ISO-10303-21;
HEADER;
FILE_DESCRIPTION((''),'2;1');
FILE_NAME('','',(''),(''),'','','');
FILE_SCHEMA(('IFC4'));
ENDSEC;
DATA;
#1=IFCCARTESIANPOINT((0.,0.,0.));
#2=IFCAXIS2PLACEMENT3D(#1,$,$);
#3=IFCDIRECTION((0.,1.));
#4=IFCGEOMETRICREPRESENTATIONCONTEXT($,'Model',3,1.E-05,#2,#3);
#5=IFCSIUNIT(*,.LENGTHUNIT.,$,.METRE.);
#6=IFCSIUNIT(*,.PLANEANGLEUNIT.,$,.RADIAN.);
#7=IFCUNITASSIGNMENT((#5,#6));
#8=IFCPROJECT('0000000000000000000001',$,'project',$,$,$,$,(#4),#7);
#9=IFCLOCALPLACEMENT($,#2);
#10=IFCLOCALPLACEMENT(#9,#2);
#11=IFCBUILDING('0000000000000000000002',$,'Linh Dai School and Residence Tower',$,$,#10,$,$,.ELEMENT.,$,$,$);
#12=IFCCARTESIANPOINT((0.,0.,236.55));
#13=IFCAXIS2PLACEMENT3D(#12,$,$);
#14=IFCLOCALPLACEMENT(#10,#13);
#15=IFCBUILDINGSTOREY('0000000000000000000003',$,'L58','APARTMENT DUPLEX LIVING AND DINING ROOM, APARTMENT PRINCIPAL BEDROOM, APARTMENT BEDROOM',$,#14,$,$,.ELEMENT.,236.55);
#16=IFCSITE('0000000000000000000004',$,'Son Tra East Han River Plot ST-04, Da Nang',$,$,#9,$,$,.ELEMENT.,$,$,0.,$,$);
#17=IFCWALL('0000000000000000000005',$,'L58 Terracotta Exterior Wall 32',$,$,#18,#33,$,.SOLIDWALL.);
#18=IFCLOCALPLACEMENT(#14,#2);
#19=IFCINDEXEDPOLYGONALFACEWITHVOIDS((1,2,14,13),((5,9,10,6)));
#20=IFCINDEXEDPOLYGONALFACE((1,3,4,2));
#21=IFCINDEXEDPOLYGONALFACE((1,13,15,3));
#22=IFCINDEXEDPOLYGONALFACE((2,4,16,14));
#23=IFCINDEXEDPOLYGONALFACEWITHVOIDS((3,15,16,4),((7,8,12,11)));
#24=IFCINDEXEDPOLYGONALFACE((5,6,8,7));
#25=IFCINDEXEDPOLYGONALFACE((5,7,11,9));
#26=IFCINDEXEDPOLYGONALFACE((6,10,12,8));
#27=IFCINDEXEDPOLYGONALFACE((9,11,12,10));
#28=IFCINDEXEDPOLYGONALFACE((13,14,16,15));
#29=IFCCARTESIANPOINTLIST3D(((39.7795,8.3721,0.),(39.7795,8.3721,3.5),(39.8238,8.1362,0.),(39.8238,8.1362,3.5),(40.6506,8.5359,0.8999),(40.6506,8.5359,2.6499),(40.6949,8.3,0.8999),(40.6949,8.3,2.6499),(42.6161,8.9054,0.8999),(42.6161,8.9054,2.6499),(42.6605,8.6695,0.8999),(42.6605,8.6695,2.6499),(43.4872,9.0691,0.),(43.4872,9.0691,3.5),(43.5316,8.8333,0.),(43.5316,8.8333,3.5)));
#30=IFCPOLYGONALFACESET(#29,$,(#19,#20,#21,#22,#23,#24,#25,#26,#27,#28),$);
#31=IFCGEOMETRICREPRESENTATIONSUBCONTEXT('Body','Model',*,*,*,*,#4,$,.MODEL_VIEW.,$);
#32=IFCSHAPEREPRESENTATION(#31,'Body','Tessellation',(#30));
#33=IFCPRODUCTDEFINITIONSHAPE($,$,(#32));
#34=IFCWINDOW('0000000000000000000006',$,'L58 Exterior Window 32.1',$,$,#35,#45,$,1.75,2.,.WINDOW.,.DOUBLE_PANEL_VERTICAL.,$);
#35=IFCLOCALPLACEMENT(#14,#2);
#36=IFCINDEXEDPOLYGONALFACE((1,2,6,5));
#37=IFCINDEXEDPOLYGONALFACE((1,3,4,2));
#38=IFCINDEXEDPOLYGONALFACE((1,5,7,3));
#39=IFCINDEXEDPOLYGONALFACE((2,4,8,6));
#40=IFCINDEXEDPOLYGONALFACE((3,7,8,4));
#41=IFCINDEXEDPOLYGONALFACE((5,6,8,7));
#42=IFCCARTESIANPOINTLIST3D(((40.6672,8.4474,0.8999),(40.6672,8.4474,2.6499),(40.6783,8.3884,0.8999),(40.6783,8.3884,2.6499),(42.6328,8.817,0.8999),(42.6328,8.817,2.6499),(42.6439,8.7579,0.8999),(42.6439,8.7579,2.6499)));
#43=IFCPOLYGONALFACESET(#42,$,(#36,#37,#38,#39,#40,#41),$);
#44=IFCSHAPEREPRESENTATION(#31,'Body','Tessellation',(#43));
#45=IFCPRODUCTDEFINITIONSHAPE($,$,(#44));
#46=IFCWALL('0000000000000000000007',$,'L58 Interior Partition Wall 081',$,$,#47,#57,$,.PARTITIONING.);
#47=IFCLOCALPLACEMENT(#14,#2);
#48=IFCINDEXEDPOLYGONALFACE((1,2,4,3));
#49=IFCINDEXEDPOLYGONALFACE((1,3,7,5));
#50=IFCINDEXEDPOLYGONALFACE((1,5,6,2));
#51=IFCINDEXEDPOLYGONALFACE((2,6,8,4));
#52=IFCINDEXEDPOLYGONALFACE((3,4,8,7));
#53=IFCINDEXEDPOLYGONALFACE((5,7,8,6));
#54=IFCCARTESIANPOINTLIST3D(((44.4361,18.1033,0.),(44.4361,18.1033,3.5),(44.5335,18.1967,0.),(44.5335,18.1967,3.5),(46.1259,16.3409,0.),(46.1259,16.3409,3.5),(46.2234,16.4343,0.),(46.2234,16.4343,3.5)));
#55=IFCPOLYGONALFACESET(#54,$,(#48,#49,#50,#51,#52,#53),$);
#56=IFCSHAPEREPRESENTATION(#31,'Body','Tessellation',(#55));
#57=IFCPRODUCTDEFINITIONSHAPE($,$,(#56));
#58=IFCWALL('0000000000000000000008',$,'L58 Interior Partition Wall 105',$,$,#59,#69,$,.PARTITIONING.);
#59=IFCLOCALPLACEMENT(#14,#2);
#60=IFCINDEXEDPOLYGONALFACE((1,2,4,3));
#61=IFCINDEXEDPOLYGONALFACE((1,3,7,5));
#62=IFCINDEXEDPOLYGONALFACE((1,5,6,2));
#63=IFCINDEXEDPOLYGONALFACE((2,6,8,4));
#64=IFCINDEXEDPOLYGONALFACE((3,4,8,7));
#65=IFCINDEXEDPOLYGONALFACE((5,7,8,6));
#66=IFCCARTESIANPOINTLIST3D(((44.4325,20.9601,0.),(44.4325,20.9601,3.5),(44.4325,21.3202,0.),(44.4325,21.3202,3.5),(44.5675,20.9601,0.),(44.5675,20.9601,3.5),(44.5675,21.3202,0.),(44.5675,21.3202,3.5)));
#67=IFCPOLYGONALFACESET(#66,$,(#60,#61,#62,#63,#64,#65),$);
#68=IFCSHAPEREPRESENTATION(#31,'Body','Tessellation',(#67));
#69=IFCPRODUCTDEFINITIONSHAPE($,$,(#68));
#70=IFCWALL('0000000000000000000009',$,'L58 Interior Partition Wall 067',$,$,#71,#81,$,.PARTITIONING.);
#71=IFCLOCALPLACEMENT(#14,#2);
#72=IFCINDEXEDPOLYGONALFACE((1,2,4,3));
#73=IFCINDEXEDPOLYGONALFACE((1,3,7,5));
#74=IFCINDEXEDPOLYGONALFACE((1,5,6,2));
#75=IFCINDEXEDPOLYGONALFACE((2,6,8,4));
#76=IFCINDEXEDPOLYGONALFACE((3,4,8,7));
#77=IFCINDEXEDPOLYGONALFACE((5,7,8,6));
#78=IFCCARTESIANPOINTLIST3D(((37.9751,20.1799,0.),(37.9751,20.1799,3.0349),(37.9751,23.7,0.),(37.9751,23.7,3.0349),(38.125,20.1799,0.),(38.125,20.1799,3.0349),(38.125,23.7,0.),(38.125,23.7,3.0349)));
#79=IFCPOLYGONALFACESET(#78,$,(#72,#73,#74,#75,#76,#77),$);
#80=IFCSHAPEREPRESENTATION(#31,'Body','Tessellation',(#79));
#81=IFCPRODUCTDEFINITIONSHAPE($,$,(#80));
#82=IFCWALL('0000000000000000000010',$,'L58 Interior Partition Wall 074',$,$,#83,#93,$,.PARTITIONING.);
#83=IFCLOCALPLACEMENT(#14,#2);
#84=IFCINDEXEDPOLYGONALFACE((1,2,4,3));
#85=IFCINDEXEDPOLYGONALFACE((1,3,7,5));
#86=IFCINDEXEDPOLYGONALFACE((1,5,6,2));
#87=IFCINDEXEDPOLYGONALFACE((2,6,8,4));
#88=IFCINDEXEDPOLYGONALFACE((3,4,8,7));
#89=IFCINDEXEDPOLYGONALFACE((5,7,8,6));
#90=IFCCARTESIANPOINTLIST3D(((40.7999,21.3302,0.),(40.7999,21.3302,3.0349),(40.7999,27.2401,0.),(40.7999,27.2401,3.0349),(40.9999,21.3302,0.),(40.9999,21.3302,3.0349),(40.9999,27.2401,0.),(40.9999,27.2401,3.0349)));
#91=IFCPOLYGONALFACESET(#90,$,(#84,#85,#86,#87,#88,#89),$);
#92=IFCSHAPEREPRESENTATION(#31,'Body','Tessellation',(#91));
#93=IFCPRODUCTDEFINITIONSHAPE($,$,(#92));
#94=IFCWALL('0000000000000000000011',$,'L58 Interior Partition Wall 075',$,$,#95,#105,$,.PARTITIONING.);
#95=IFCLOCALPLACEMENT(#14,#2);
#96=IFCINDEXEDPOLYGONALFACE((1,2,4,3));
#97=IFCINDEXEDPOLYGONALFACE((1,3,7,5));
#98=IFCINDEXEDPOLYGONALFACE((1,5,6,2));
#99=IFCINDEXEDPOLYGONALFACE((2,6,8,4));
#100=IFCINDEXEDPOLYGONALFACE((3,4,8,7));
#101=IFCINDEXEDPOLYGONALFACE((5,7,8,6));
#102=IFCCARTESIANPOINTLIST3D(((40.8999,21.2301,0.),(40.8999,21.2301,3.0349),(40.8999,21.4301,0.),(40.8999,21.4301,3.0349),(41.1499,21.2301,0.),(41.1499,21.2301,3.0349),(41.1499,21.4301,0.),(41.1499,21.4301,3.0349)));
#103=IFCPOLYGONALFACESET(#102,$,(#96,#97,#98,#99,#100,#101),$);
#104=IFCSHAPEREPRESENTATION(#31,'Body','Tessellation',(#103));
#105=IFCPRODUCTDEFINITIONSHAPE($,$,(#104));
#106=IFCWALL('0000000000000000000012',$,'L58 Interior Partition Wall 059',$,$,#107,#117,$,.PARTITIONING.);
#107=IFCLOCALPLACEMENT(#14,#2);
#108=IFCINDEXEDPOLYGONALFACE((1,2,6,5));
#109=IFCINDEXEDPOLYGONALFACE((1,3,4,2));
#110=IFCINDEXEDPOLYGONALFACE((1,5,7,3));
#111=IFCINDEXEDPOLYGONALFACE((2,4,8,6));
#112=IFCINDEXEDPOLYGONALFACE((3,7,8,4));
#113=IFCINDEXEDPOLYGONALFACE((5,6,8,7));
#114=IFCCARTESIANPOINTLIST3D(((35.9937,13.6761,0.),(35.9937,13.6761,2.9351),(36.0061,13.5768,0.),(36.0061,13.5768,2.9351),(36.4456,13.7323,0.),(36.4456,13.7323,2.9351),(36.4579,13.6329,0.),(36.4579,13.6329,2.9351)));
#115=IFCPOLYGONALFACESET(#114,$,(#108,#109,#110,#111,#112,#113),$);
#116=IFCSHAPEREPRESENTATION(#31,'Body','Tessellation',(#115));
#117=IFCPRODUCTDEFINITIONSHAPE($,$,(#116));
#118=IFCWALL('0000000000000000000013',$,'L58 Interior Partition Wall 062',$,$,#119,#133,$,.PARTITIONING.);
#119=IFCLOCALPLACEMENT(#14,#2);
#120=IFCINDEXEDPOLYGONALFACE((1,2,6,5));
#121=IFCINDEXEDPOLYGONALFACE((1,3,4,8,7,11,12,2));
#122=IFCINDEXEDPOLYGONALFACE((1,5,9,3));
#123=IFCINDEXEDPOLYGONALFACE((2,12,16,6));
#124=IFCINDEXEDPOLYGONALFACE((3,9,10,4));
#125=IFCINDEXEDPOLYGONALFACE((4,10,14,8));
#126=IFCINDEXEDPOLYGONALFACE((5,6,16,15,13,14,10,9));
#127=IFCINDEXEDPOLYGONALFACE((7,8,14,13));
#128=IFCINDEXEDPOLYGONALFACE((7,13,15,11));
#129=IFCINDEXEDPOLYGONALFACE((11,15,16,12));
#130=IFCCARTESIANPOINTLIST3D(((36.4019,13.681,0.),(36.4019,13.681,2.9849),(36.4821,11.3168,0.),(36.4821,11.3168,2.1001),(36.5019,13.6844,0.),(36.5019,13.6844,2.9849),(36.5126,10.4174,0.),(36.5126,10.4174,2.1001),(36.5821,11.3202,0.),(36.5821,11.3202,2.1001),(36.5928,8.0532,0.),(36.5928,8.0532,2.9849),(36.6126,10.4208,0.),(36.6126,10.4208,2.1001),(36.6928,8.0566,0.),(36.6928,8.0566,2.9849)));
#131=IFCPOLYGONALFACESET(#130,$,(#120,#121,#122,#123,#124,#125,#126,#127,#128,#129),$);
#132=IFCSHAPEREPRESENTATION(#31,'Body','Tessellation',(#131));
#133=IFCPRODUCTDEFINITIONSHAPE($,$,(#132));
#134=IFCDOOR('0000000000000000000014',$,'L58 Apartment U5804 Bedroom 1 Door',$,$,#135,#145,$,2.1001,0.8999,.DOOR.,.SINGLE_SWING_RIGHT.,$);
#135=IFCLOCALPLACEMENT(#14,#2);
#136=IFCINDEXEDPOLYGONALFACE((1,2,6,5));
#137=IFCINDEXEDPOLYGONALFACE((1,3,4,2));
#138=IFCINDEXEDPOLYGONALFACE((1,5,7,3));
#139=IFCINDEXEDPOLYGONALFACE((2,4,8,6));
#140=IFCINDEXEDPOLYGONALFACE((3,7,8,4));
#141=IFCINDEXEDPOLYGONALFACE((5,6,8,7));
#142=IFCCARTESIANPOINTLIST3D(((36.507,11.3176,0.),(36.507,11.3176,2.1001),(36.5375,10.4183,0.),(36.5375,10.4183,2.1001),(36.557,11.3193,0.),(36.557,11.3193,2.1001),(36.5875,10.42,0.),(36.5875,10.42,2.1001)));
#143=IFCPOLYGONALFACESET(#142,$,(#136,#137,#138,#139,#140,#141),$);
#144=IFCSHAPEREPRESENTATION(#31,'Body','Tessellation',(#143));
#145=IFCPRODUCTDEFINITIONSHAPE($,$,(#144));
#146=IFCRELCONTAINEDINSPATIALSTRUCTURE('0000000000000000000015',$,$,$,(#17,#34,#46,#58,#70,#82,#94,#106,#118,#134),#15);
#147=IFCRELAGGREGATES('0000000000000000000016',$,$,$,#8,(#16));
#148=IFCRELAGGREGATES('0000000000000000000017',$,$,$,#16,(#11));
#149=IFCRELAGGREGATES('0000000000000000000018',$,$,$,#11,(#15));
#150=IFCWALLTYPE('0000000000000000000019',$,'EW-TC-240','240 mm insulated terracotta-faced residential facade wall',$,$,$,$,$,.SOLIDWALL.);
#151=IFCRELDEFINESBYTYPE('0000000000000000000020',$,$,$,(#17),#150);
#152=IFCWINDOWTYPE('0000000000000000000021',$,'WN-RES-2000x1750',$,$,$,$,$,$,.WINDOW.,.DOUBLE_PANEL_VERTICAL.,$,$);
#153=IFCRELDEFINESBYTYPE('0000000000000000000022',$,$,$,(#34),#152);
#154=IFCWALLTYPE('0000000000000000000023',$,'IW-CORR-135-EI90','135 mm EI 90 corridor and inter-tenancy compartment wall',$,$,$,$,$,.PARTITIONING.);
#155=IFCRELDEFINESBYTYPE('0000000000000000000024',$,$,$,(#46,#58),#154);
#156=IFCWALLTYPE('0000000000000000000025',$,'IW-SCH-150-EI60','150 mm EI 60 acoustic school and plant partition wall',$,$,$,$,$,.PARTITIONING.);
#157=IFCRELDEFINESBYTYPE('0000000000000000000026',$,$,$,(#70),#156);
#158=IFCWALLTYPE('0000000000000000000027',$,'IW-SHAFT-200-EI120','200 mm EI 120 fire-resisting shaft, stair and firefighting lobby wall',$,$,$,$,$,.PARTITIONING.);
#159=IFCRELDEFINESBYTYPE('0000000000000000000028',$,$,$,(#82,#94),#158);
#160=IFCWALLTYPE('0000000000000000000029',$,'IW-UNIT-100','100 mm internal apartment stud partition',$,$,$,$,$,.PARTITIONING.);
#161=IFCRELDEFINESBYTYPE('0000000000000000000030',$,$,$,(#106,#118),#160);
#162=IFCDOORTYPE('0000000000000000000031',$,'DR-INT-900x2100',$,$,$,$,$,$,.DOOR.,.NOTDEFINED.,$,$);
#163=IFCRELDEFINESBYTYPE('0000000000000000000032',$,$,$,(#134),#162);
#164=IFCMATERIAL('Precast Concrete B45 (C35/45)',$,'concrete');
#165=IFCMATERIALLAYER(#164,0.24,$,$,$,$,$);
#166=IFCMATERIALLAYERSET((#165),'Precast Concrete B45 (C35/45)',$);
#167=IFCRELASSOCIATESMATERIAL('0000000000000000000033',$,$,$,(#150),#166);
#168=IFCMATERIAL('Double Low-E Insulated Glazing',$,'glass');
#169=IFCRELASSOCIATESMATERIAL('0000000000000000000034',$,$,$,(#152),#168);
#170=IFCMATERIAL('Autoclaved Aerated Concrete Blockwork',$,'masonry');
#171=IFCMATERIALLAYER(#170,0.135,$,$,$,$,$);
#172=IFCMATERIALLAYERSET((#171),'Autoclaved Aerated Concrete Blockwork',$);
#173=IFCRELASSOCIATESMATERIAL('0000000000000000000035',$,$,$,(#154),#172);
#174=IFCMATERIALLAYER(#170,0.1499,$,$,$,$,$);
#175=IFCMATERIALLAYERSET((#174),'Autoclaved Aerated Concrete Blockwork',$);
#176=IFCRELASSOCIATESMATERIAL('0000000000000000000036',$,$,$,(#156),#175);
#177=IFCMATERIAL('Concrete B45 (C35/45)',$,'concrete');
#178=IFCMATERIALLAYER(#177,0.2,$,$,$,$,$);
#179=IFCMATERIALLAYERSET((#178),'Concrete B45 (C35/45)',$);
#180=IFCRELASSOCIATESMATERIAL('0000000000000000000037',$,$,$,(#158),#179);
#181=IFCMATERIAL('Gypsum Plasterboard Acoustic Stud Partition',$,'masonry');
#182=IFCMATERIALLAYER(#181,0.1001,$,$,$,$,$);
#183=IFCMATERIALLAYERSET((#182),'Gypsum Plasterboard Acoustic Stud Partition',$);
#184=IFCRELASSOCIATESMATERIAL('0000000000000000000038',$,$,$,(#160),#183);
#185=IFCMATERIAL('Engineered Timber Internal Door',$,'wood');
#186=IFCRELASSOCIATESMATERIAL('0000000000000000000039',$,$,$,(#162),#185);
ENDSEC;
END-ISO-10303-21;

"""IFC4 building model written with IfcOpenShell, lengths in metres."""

from ifc_helpers import new_model, si_unit, direction, frame, frame_2d, origin, origin_2d, place, context, subcontext, project, spatial, rectangle, extrude, source, transform, mapped, material, layer, layer_set, type_object, element, fill, save


model = new_model("IFC4")

# Units and contexts
model_context = context("Model", 3, precision=1e-05, world=origin(), true_north=direction((0.0, 1.0)))
body_context = subcontext(model_context, "Body", "Model", "MODEL_VIEW")
ifc_project = project(units=[si_unit("LENGTHUNIT", "METRE"), si_unit("PLANEANGLEUNIT", "RADIAN")], contexts=[model_context])

# Site, building, storey
site_placement = place(None, origin())
site = spatial("IfcSite", under=ifc_project, at=site_placement, Name="Son Tra East Han River Plot ST-04, Da Nang", CompositionType="ELEMENT", RefElevation=0.0)
building_placement = place(site_placement, origin())
building = spatial("IfcBuilding", under=site, at=building_placement, Name="Linh Dai School and Residence Tower", CompositionType="ELEMENT")
storey_placement = place(building_placement, frame((0.0, 0.0, 236.55)))
storey = spatial("IfcBuildingStorey", under=building, at=storey_placement, Name="L58", Description="APARTMENT DUPLEX LIVING AND DINING ROOM, APARTMENT PRINCIPAL BEDROOM, APARTMENT BEDROOM", CompositionType="ELEMENT", Elevation=236.55)

# Wall, opening, window
ifc_material_1 = material(Name="Precast Concrete B45 (C35/45)", Category="concrete")
ifc_layer_1 = layer(ifc_material_1, 0.24)
ifc_layer_set_1 = layer_set([ifc_layer_1], Name="Precast Concrete B45 (C35/45)")
wall_type_1 = type_object("IfcWallType", Name="EW-TC-240", Description="240 mm insulated terracotta-faced residential facade wall", PredefinedType="SOLIDWALL", material=ifc_layer_set_1)
ifc_material_2 = material(Name="Double Low-E Insulated Glazing", Category="glass")
window_type_1 = type_object("IfcWindowType", Name="WN-RES-2000x1750", PartitioningType="DOUBLE_PANEL_VERTICAL", PredefinedType="WINDOW", material=ifc_material_2)
shared_shape_1 = source(origin(), body_context, "Body", "SweptSolid", [
    extrude(rectangle(XDim=2.0, YDim=1.75, at=origin_2d()), frame((1.0, 0.03, 0.875), z_axis=(0.0, -1.0, 0.0), x_axis=(1.0, 0.0, 0.0)), (0.0, 0.0, 1.0), 0.0601),
])
wall_1_placement = place(storey_placement, frame((43.5093, 8.9512, 0.0), z_axis=(0.0, 0.0, 1.0), x_axis=(-0.982785, -0.184753, 0.0)))
wall_1 = element("IfcWall", 1, at=wall_1_placement, inside=storey, type_object=wall_type_1, Name="L58 Terracotta Exterior Wall 32", PredefinedType="SOLIDWALL", context=body_context, shape_type="SweptSolid", body=[
    extrude(rectangle(XDim=3.7727, YDim=0.24, at=frame_2d((1.8862, 0.0))), origin(), (0.0, 0.0, 1.0), 3.5),
])
opening_1_placement = place(wall_1_placement, frame((0.8862, 0.0, 0.8999)))
opening_1 = element("IfcOpeningElement", 2, at=opening_1_placement, cuts=wall_1, PredefinedType="OPENING", context=body_context, shape_type="SweptSolid", body=[
    extrude(rectangle(XDim=2.0, YDim=1.75, at=origin_2d()), frame((1.0, 0.1299, 0.875), z_axis=(0.0, -1.0, 0.0), x_axis=(1.0, 0.0, 0.0)), (0.0, 0.0, 1.0), 0.26),
])
window_1_placement = place(opening_1_placement, origin())
window_1 = element("IfcWindow", 3, at=window_1_placement, inside=storey, type_object=window_type_1, Name="L58 Exterior Window 32.1", OverallHeight=1.75, OverallWidth=2.0, PartitioningType="DOUBLE_PANEL_VERTICAL", PredefinedType="WINDOW", context=body_context, shape_type="MappedRepresentation", body=[
    mapped(shared_shape_1, transform((0.0, 0.0, 0.0), x_axis=(1.0, 0.0, 0.0), y_axis=(0.0, 1.0, 0.0), z_axis=(0.0, 0.0, 1.0), scale=1.0)),
])
fill(opening_1, window_1)

# Walls
ifc_material_3 = material(Name="Autoclaved Aerated Concrete Blockwork", Category="masonry")
ifc_layer_2 = layer(ifc_material_3, 0.135)
ifc_layer_set_2 = layer_set([ifc_layer_2], Name="Autoclaved Aerated Concrete Blockwork")
wall_type_2 = type_object("IfcWallType", Name="IW-CORR-135-EI90", Description="135 mm EI 90 corridor and inter-tenancy compartment wall", PredefinedType="PARTITIONING", material=ifc_layer_set_2)
wall_2_placement = place(storey_placement, frame((44.4849, 18.1499, 0.0), z_axis=(0.0, 0.0, 1.0), x_axis=(0.692103, -0.721799, 0.0)))
element("IfcWall", 4, at=wall_2_placement, inside=storey, type_object=wall_type_2, Name="L58 Interior Partition Wall 081", PredefinedType="PARTITIONING", context=body_context, shape_type="SweptSolid", body=[
    extrude(rectangle(XDim=2.4417, YDim=0.135, at=frame_2d((1.2207, 0.0))), origin(), (0.0, 0.0, 1.0), 3.5),
])
wall_3_placement = place(storey_placement, frame((44.5, 20.96, 0.0), z_axis=(0.0, 0.0, 1.0), x_axis=(0.0, 1.0, 0.0)))
element("IfcWall", 5, at=wall_3_placement, inside=storey, type_object=wall_type_2, Name="L58 Interior Partition Wall 105", PredefinedType="PARTITIONING", context=body_context, shape_type="SweptSolid", body=[
    extrude(rectangle(XDim=0.3601, YDim=0.135, at=frame_2d((0.1802, 0.0))), origin(), (0.0, 0.0, 1.0), 3.5),
])
ifc_layer_3 = layer(ifc_material_3, 0.1499)
ifc_layer_set_3 = layer_set([ifc_layer_3], Name="Autoclaved Aerated Concrete Blockwork")
wall_type_3 = type_object("IfcWallType", Name="IW-SCH-150-EI60", Description="150 mm EI 60 acoustic school and plant partition wall", PredefinedType="PARTITIONING", material=ifc_layer_set_3)
wall_4_placement = place(storey_placement, frame((38.05, 20.1799, 0.0), z_axis=(0.0, 0.0, 1.0), x_axis=(0.0, 1.0, 0.0)))
element("IfcWall", 6, at=wall_4_placement, inside=storey, type_object=wall_type_3, Name="L58 Interior Partition Wall 067", PredefinedType="PARTITIONING", context=body_context, shape_type="SweptSolid", body=[
    extrude(rectangle(XDim=3.52, YDim=0.1499, at=frame_2d((1.76, 0.0))), origin(), (0.0, 0.0, 1.0), 3.0349),
])
ifc_material_4 = material(Name="Concrete B45 (C35/45)", Category="concrete")
ifc_layer_4 = layer(ifc_material_4, 0.2)
ifc_layer_set_4 = layer_set([ifc_layer_4], Name="Concrete B45 (C35/45)")
wall_type_4 = type_object("IfcWallType", Name="IW-SHAFT-200-EI120", Description="200 mm EI 120 fire-resisting shaft, stair and firefighting lobby wall", PredefinedType="PARTITIONING", material=ifc_layer_set_4)
wall_5_placement = place(storey_placement, frame((40.8999, 21.3301, 0.0), z_axis=(0.0, 0.0, 1.0), x_axis=(0.0, 1.0, 0.0)))
element("IfcWall", 7, at=wall_5_placement, inside=storey, type_object=wall_type_4, Name="L58 Interior Partition Wall 074", PredefinedType="PARTITIONING", context=body_context, shape_type="SweptSolid", body=[
    extrude(rectangle(XDim=5.9099, YDim=0.2, at=frame_2d((2.9551, 0.0))), origin(), (0.0, 0.0, 1.0), 3.0349),
])
wall_6_placement = place(storey_placement, frame((40.8999, 21.3301, 0.0), z_axis=(0.0, 0.0, 1.0), x_axis=(1.0, 0.0, 0.0)))
element("IfcWall", 8, at=wall_6_placement, inside=storey, type_object=wall_type_4, Name="L58 Interior Partition Wall 075", PredefinedType="PARTITIONING", context=body_context, shape_type="SweptSolid", body=[
    extrude(rectangle(XDim=0.25, YDim=0.2, at=frame_2d((0.125, 0.0))), origin(), (0.0, 0.0, 1.0), 3.0349),
])
ifc_material_5 = material(Name="Gypsum Plasterboard Acoustic Stud Partition", Category="masonry")
ifc_layer_5 = layer(ifc_material_5, 0.1001)
ifc_layer_set_5 = layer_set([ifc_layer_5], Name="Gypsum Plasterboard Acoustic Stud Partition")
wall_type_5 = type_object("IfcWallType", Name="IW-UNIT-100", Description="100 mm internal apartment stud partition", PredefinedType="PARTITIONING", material=ifc_layer_set_5)
wall_7_placement = place(storey_placement, frame((36.0, 13.6265, 0.0), z_axis=(0.0, 0.0, 1.0), x_axis=(0.992368, 0.123309, 0.0)))
element("IfcWall", 9, at=wall_7_placement, inside=storey, type_object=wall_type_5, Name="L58 Interior Partition Wall 059", PredefinedType="PARTITIONING", context=body_context, shape_type="SweptSolid", body=[
    extrude(rectangle(XDim=0.4553, YDim=0.1001, at=frame_2d((0.2275, 0.0))), origin(), (0.0, 0.0, 1.0), 2.9351),
])

# Wall, opening, door
wall_8_placement = place(storey_placement, frame((36.4519, 13.6826, 0.0), z_axis=(0.0, 0.0, 1.0), x_axis=(0.033904, -0.999425, 0.0)))
wall_8 = element("IfcWall", 10, at=wall_8_placement, inside=storey, type_object=wall_type_5, Name="L58 Interior Partition Wall 062", PredefinedType="PARTITIONING", context=body_context, shape_type="SweptSolid", body=[
    extrude(rectangle(XDim=5.6311, YDim=0.1001, at=frame_2d((2.8154, 0.0))), origin(), (0.0, 0.0, 1.0), 2.9849),
])
opening_2_placement = place(wall_8_placement, frame((2.3655, 0.0, 0.0)))
opening_2 = element("IfcOpeningElement", 11, at=opening_2_placement, cuts=wall_8, PredefinedType="OPENING", context=body_context, shape_type="SweptSolid", body=[
    extrude(rectangle(XDim=0.8999, YDim=2.1001, at=origin_2d()), frame((0.45, 0.0601, 1.05), z_axis=(0.0, -1.0, 0.0), x_axis=(1.0, 0.0, 0.0)), (0.0, 0.0, 1.0), 0.1201),
])
ifc_material_6 = material(Name="Engineered Timber Internal Door", Category="wood")
door_type = type_object("IfcDoorType", Name="DR-INT-900x2100", OperationType="NOTDEFINED", PredefinedType="DOOR", material=ifc_material_6)
shared_shape_2 = source(origin(), body_context, "Body", "SweptSolid", [
    extrude(rectangle(XDim=0.8999, YDim=2.1001, at=origin_2d()), frame((0.45, 0.0249, 1.05), z_axis=(0.0, -1.0, 0.0), x_axis=(1.0, 0.0, 0.0)), (0.0, 0.0, 1.0), 0.05),
])
door_1_placement = place(opening_2_placement, origin())
door_1 = element("IfcDoor", 12, at=door_1_placement, inside=storey, type_object=door_type, Name="L58 Apartment U5804 Bedroom 1 Door", OperationType="SINGLE_SWING_RIGHT", OverallHeight=2.1001, OverallWidth=0.8999, PredefinedType="DOOR", context=body_context, shape_type="MappedRepresentation", body=[
    mapped(shared_shape_2, transform((0.0, 0.0, 0.0), x_axis=(1.0, 0.0, 0.0), y_axis=(0.0, 1.0, 0.0), z_axis=(0.0, 0.0, 1.0), scale=1.0)),
])
fill(opening_2, door_1)

save(model, "model.ifc")
